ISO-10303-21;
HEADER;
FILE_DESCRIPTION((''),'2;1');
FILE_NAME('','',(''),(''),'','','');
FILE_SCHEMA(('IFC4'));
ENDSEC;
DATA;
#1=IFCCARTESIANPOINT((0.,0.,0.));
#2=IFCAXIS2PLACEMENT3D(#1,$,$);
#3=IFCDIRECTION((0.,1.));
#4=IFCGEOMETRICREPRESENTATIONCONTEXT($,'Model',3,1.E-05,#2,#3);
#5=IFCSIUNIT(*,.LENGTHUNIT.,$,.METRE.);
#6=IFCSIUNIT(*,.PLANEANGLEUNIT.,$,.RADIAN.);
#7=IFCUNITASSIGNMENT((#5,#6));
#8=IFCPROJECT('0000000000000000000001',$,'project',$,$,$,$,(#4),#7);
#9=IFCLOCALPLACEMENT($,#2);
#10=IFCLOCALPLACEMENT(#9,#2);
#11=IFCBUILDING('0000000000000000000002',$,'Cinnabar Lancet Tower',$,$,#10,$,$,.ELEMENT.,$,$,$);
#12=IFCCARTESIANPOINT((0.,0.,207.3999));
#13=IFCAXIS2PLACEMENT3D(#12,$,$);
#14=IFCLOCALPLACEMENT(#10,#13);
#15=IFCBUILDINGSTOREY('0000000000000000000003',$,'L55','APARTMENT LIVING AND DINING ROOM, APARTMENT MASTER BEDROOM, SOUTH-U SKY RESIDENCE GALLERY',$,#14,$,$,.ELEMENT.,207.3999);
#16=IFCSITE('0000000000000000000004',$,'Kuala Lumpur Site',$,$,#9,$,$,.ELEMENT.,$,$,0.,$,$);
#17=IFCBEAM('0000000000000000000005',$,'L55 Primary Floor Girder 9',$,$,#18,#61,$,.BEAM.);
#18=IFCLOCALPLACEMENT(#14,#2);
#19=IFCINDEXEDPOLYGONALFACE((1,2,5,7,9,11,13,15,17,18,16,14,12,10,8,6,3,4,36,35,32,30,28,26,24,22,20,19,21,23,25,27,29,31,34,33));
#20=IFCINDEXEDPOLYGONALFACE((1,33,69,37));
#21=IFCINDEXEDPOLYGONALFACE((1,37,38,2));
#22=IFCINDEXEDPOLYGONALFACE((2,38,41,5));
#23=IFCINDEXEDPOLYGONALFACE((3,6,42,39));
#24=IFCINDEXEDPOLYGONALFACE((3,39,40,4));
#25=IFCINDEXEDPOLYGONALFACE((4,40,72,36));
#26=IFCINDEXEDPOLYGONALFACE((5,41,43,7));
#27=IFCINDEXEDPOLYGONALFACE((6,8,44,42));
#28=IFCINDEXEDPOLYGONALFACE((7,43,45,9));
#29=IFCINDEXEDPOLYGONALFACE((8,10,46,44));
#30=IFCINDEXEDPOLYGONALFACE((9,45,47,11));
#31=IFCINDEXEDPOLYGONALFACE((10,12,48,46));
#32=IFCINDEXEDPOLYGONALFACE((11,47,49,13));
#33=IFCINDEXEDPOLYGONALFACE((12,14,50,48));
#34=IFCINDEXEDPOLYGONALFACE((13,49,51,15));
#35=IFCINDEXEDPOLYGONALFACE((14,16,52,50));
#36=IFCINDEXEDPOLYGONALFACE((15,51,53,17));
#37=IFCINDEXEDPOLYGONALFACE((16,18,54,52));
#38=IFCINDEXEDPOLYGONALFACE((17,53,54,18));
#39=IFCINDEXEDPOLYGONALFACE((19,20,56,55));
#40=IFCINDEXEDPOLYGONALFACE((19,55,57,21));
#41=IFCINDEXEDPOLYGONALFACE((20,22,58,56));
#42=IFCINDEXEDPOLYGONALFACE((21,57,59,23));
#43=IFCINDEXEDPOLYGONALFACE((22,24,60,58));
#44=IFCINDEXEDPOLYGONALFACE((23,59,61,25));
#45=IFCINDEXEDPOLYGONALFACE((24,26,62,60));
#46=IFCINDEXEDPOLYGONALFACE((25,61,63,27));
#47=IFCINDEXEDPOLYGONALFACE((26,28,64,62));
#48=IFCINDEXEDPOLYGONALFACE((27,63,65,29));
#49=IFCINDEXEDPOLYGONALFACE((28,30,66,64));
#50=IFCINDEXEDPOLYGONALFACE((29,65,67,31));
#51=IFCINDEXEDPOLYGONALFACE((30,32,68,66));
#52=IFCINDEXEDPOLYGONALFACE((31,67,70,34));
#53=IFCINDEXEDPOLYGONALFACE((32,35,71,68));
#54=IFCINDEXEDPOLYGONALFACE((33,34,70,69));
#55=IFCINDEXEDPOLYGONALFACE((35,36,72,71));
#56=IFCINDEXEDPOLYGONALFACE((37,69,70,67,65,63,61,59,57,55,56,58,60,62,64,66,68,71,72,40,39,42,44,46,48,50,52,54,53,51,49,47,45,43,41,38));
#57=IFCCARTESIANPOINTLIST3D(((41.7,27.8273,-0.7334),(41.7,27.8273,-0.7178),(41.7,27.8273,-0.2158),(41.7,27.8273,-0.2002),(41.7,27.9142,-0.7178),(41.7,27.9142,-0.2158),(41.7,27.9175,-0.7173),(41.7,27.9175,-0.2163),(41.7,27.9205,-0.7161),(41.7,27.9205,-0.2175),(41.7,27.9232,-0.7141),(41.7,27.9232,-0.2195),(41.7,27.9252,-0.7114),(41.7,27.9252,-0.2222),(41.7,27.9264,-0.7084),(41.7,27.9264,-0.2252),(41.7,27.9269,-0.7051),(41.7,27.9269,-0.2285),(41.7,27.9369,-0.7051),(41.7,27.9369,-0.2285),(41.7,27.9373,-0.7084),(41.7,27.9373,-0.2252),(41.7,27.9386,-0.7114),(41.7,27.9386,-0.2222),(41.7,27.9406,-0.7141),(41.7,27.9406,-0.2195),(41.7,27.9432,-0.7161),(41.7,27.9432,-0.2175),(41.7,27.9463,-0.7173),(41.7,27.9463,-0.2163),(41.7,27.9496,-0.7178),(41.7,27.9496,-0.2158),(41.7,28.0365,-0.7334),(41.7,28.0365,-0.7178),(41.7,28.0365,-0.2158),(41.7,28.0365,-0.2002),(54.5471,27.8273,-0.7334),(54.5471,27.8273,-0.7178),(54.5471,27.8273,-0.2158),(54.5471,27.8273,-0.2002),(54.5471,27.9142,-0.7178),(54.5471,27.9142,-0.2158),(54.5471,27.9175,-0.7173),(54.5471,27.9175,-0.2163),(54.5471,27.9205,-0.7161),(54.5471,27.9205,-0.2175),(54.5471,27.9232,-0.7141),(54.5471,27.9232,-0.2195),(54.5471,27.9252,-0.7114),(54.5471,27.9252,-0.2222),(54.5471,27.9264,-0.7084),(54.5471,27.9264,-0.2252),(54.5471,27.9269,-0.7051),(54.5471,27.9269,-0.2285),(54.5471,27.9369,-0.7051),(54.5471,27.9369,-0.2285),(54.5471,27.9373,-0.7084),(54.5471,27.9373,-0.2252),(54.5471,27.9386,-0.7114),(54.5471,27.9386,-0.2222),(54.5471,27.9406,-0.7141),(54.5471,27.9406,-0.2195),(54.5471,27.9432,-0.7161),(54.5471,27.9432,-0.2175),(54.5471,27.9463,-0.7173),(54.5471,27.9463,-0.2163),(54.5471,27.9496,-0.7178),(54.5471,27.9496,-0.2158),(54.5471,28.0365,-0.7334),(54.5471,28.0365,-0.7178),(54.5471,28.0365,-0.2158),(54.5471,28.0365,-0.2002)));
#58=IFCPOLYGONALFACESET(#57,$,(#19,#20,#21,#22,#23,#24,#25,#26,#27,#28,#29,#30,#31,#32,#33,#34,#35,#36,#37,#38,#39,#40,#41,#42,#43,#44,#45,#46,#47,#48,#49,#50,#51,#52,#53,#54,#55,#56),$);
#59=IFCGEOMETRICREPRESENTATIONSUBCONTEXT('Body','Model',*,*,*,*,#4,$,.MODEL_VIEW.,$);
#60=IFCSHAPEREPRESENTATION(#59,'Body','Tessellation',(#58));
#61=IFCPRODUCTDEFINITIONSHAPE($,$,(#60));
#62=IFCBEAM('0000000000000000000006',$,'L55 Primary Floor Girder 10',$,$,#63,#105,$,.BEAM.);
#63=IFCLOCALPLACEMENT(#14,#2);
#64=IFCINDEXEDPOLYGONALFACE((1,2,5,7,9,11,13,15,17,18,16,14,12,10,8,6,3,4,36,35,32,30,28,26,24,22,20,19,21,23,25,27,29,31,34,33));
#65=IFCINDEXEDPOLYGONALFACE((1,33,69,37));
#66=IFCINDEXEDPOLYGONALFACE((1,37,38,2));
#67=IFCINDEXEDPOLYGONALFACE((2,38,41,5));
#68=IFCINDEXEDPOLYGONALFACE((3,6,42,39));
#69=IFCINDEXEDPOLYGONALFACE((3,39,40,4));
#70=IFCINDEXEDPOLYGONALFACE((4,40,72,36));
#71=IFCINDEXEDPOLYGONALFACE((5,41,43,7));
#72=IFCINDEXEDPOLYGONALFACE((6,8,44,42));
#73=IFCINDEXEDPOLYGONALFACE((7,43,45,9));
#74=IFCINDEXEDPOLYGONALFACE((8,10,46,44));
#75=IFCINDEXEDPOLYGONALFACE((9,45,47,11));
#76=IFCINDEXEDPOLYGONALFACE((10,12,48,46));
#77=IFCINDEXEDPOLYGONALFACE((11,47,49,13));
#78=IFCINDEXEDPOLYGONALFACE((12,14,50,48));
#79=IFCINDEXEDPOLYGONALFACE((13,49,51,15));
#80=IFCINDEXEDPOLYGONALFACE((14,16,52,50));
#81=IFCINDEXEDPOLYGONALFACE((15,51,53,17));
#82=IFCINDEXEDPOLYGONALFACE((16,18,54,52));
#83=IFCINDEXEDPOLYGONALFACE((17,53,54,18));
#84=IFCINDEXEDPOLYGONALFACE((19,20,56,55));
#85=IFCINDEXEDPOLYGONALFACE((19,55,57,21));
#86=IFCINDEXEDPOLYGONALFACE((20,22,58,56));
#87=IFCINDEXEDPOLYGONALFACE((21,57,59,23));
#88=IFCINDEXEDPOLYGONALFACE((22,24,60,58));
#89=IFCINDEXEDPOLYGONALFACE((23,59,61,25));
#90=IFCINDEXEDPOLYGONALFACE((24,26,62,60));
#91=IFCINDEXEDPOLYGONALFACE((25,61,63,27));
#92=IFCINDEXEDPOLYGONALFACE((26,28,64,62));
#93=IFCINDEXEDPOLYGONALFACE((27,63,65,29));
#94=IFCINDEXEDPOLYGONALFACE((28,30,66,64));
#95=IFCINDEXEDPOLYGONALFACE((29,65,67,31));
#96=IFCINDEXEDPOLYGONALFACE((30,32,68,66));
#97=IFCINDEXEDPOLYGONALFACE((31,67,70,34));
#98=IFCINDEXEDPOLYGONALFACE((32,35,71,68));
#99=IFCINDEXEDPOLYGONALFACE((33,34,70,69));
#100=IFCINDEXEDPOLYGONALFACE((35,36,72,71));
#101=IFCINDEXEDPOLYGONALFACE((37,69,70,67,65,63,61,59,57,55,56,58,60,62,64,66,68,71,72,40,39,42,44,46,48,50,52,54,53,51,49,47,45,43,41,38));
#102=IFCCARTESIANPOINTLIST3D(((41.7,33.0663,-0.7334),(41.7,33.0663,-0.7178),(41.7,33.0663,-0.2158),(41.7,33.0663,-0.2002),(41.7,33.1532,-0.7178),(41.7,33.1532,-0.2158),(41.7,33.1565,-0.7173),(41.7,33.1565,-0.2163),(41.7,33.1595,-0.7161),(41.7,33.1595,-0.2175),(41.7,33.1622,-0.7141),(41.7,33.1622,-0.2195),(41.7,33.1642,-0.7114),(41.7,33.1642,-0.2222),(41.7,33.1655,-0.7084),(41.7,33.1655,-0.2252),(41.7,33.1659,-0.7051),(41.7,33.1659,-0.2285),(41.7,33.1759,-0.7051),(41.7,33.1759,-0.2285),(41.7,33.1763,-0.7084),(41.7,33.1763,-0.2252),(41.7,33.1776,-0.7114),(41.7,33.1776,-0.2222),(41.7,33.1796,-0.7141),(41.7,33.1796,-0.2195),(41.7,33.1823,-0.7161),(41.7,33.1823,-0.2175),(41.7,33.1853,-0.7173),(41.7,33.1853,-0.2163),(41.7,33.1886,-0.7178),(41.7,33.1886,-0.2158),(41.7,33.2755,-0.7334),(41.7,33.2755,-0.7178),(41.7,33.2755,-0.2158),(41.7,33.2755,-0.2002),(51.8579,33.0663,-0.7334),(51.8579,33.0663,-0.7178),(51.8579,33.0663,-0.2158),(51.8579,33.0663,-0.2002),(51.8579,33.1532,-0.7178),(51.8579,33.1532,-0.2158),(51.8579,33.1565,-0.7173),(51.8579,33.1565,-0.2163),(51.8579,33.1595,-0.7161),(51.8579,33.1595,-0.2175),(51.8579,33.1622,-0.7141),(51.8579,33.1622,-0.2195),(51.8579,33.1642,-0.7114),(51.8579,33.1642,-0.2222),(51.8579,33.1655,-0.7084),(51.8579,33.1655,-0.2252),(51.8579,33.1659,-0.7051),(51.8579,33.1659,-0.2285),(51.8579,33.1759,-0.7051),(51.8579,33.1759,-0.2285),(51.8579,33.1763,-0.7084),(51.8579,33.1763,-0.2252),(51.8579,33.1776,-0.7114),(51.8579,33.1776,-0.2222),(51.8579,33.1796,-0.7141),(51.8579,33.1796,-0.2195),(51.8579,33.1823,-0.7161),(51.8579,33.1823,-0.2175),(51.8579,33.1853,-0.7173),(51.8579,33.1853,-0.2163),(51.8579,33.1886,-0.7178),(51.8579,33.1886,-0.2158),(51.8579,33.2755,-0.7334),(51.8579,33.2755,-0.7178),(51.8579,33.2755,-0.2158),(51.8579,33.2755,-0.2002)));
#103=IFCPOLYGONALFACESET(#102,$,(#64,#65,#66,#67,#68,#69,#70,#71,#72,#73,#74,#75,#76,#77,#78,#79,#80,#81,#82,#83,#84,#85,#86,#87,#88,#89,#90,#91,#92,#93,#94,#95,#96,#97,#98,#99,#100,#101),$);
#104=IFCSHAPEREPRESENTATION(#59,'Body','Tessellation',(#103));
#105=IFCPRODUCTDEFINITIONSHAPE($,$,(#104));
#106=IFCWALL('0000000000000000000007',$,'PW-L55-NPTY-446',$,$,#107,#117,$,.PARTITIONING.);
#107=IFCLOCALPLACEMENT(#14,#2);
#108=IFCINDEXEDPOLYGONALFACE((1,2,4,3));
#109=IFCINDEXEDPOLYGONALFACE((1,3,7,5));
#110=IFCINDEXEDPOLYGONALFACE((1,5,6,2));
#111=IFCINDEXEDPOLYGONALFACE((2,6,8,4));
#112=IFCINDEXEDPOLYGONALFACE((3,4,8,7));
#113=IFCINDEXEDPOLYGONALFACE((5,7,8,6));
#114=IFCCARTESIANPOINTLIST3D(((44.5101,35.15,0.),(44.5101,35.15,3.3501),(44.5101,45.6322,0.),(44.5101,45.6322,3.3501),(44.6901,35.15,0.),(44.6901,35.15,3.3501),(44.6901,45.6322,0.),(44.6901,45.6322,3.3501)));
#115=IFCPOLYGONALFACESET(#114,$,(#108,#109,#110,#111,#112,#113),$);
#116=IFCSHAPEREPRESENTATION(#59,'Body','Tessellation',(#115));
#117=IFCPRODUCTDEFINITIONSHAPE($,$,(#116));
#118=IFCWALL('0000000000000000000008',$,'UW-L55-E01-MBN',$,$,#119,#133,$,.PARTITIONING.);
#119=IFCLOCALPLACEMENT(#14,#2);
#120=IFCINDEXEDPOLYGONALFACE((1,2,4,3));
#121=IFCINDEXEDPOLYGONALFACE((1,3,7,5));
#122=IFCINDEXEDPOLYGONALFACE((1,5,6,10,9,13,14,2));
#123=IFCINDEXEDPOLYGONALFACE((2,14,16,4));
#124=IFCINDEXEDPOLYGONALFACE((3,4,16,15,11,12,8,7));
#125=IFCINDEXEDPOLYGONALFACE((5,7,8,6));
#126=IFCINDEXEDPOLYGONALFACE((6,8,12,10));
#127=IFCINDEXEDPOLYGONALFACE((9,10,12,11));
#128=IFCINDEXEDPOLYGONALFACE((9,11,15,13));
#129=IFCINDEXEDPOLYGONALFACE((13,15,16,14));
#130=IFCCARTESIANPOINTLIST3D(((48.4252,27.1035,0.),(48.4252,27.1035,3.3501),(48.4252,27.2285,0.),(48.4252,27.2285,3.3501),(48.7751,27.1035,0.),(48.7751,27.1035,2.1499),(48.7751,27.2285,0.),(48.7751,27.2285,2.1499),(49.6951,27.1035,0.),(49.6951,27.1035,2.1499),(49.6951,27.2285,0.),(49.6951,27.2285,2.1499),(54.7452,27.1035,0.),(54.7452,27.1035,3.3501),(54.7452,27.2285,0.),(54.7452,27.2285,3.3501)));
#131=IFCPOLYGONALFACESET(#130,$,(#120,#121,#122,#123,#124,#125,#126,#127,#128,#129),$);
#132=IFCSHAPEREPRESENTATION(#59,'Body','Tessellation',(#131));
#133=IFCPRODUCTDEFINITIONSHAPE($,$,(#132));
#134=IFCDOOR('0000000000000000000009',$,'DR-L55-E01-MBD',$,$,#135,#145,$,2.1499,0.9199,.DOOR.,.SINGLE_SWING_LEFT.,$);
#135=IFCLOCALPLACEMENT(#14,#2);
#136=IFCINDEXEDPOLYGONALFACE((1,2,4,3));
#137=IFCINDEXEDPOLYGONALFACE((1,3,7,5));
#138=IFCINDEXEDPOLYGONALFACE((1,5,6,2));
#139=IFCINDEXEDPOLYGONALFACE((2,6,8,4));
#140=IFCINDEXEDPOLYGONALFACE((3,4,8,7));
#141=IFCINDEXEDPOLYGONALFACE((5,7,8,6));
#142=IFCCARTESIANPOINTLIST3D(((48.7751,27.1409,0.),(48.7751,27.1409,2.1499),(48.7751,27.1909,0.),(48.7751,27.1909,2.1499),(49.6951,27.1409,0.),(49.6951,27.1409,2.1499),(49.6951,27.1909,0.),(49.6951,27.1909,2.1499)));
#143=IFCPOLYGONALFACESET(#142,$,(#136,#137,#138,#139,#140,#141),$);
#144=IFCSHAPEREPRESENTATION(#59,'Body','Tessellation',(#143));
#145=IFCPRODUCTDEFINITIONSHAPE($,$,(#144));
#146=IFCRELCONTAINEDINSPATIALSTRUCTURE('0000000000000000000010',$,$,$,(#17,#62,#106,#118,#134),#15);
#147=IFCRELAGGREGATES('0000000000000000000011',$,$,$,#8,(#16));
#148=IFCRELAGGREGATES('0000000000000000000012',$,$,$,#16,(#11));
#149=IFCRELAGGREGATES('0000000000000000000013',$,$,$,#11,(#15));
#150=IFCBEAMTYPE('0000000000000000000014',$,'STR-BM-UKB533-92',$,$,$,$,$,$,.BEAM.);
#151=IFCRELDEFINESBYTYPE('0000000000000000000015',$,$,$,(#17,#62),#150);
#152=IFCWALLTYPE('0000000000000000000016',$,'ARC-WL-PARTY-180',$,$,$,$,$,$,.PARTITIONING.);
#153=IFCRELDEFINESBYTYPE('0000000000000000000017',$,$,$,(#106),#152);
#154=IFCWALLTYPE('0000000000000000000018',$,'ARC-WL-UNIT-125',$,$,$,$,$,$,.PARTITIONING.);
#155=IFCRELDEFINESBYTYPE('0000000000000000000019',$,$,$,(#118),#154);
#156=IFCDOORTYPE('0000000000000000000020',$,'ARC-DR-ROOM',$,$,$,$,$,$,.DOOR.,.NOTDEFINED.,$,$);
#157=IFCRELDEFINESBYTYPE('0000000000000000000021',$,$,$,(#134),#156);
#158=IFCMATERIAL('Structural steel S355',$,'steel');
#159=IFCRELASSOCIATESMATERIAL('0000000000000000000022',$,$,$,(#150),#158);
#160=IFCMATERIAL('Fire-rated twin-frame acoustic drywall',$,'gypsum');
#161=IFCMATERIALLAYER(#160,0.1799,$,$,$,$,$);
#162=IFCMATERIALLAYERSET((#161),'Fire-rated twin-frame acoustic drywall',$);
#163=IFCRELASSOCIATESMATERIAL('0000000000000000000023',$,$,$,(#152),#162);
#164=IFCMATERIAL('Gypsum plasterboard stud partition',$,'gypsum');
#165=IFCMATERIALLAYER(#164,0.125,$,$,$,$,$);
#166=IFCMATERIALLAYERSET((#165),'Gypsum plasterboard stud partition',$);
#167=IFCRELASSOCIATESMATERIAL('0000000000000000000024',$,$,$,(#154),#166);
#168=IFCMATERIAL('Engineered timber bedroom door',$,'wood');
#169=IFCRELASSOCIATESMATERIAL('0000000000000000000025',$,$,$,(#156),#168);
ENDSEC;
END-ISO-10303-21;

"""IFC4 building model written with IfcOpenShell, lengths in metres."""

from ifc_helpers import new_model, si_unit, direction, frame, frame_2d, origin, origin_2d, place, context, subcontext, project, spatial, rectangle, i_section, extrude, material, layer, layer_set, material_profile, profile_set, type_object, element, fill, save


model = new_model("IFC4")

# Units and contexts
model_context = context("Model", 3, precision=1e-05, world=origin(), true_north=direction((0.0, 1.0)))
body_context = subcontext(model_context, "Body", "Model", "MODEL_VIEW")
ifc_project = project(units=[si_unit("LENGTHUNIT", "METRE"), si_unit("PLANEANGLEUNIT", "RADIAN")], contexts=[model_context])

# Site, building, storey
site_placement = place(None, origin())
site = spatial("IfcSite", under=ifc_project, at=site_placement, Name="Kuala Lumpur Site", CompositionType="ELEMENT", RefElevation=0.0)
building_placement = place(site_placement, origin())
building = spatial("IfcBuilding", under=site, at=building_placement, Name="Cinnabar Lancet Tower", CompositionType="ELEMENT")
storey_placement = place(building_placement, frame((0.0, 0.0, 207.3999)))
storey = spatial("IfcBuildingStorey", under=building, at=storey_placement, Name="L55", Description="APARTMENT LIVING AND DINING ROOM, APARTMENT MASTER BEDROOM, SOUTH-U SKY RESIDENCE GALLERY", CompositionType="ELEMENT", Elevation=207.3999)

# Beams
ifc_material_1 = material(Name="Structural steel S355", Category="steel")
ifc_material_profile_1 = material_profile(ifc_material_1, i_section(OverallWidth=0.2092, OverallDepth=0.5332, WebThickness=0.01, FlangeThickness=0.0156, FilletRadius=0.0127, at=origin_2d()), Name="UKB 533x210x92")
ifc_profile_set_1 = profile_set([ifc_material_profile_1], Name="Structural steel S355")
beam_type_1 = type_object("IfcBeamType", Name="STR-BM-UKB533-92", PredefinedType="BEAM", material=ifc_profile_set_1)
beam_1_placement = place(storey_placement, frame((54.5471, 27.9319, -0.4668), z_axis=(-1.0, 0.0, 0.0), x_axis=(0.0, -1.0, 0.0)))
element("IfcBeam", 1, at=beam_1_placement, inside=storey, type_object=beam_type_1, Name="L55 Primary Floor Girder 9", PredefinedType="BEAM", context=body_context, shape_type="SweptSolid", body=[
    extrude(i_section(OverallWidth=0.2092, OverallDepth=0.5332, WebThickness=0.01, FlangeThickness=0.0156, FilletRadius=0.0127, at=origin_2d()), origin(), (0.0, 0.0, 1.0), 12.8472),
])
beam_2_placement = place(storey_placement, frame((51.8579, 33.1709, -0.4668), z_axis=(-1.0, 0.0, 0.0), x_axis=(0.0, -1.0, 0.0)))
element("IfcBeam", 2, at=beam_2_placement, inside=storey, type_object=beam_type_1, Name="L55 Primary Floor Girder 10", PredefinedType="BEAM", context=body_context, shape_type="SweptSolid", body=[
    extrude(i_section(OverallWidth=0.2092, OverallDepth=0.5332, WebThickness=0.01, FlangeThickness=0.0156, FilletRadius=0.0127, at=origin_2d()), origin(), (0.0, 0.0, 1.0), 10.158),
])

# Wall
ifc_material_2 = material(Name="Fire-rated twin-frame acoustic drywall", Category="gypsum")
ifc_layer_1 = layer(ifc_material_2, 0.1799)
ifc_layer_set_1 = layer_set([ifc_layer_1], Name="Fire-rated twin-frame acoustic drywall")
wall_type_1 = type_object("IfcWallType", Name="ARC-WL-PARTY-180", PredefinedType="PARTITIONING", material=ifc_layer_set_1)
wall_1_placement = place(storey_placement, frame((44.6001, 35.1499, 0.0), z_axis=(0.0, 0.0, 1.0), x_axis=(0.0, 1.0, 0.0)))
element("IfcWall", 3, at=wall_1_placement, inside=storey, type_object=wall_type_1, Name="PW-L55-NPTY-446", PredefinedType="PARTITIONING", context=body_context, shape_type="SweptSolid", body=[
    extrude(rectangle(XDim=10.4822, YDim=0.1799, at=frame_2d((5.2412, 0.0))), origin(), (0.0, 0.0, 1.0), 3.3501),
])

# Wall, opening, door
ifc_material_3 = material(Name="Gypsum plasterboard stud partition", Category="gypsum")
ifc_layer_2 = layer(ifc_material_3, 0.125)
ifc_layer_set_2 = layer_set([ifc_layer_2], Name="Gypsum plasterboard stud partition")
wall_type_2 = type_object("IfcWallType", Name="ARC-WL-UNIT-125", PredefinedType="PARTITIONING", material=ifc_layer_set_2)
wall_2_placement = place(storey_placement, frame((48.425, 27.166, 0.0), z_axis=(0.0, 0.0, 1.0), x_axis=(1.0, 0.0, 0.0)))
wall_2 = element("IfcWall", 4, at=wall_2_placement, inside=storey, type_object=wall_type_2, Name="UW-L55-E01-MBN", PredefinedType="PARTITIONING", context=body_context, shape_type="SweptSolid", body=[
    extrude(rectangle(XDim=6.3201, YDim=0.125, at=frame_2d((3.1602, 0.0))), origin(), (0.0, 0.0, 1.0), 3.3501),
])
opening_1_placement = place(wall_2_placement, frame((0.3501, 0.0, 0.0)))
opening_1 = element("IfcOpeningElement", 5, at=opening_1_placement, cuts=wall_2, PredefinedType="OPENING", context=body_context, shape_type="SweptSolid", body=[
    extrude(rectangle(XDim=0.9199, YDim=2.1499, at=frame_2d((0.46, 1.075))), frame((0.0, 0.0725, 0.0), z_axis=(0.0, -1.0, 0.0), x_axis=(1.0, 0.0, 0.0)), (0.0, 0.0, 1.0), 0.145),
])
ifc_material_4 = material(Name="Engineered timber bedroom door", Category="wood")
door_type_1 = type_object("IfcDoorType", Name="ARC-DR-ROOM", OperationType="NOTDEFINED", PredefinedType="DOOR", material=ifc_material_4)
door_1_placement = place(opening_1_placement, origin())
door_1 = element("IfcDoor", 6, at=door_1_placement, inside=storey, type_object=door_type_1, Name="DR-L55-E01-MBD", OperationType="SINGLE_SWING_LEFT", OverallHeight=2.1499, OverallWidth=0.9199, PredefinedType="DOOR", context=body_context, shape_type="SweptSolid", body=[
    extrude(rectangle(XDim=0.9199, YDim=2.1499, at=frame_2d((0.46, 1.075))), frame((0.0, 0.0249, 0.0), z_axis=(0.0, -1.0, 0.0), x_axis=(1.0, 0.0, 0.0)), (0.0, 0.0, 1.0), 0.05),
])
fill(opening_1, door_1)

save(model, "model.ifc")
